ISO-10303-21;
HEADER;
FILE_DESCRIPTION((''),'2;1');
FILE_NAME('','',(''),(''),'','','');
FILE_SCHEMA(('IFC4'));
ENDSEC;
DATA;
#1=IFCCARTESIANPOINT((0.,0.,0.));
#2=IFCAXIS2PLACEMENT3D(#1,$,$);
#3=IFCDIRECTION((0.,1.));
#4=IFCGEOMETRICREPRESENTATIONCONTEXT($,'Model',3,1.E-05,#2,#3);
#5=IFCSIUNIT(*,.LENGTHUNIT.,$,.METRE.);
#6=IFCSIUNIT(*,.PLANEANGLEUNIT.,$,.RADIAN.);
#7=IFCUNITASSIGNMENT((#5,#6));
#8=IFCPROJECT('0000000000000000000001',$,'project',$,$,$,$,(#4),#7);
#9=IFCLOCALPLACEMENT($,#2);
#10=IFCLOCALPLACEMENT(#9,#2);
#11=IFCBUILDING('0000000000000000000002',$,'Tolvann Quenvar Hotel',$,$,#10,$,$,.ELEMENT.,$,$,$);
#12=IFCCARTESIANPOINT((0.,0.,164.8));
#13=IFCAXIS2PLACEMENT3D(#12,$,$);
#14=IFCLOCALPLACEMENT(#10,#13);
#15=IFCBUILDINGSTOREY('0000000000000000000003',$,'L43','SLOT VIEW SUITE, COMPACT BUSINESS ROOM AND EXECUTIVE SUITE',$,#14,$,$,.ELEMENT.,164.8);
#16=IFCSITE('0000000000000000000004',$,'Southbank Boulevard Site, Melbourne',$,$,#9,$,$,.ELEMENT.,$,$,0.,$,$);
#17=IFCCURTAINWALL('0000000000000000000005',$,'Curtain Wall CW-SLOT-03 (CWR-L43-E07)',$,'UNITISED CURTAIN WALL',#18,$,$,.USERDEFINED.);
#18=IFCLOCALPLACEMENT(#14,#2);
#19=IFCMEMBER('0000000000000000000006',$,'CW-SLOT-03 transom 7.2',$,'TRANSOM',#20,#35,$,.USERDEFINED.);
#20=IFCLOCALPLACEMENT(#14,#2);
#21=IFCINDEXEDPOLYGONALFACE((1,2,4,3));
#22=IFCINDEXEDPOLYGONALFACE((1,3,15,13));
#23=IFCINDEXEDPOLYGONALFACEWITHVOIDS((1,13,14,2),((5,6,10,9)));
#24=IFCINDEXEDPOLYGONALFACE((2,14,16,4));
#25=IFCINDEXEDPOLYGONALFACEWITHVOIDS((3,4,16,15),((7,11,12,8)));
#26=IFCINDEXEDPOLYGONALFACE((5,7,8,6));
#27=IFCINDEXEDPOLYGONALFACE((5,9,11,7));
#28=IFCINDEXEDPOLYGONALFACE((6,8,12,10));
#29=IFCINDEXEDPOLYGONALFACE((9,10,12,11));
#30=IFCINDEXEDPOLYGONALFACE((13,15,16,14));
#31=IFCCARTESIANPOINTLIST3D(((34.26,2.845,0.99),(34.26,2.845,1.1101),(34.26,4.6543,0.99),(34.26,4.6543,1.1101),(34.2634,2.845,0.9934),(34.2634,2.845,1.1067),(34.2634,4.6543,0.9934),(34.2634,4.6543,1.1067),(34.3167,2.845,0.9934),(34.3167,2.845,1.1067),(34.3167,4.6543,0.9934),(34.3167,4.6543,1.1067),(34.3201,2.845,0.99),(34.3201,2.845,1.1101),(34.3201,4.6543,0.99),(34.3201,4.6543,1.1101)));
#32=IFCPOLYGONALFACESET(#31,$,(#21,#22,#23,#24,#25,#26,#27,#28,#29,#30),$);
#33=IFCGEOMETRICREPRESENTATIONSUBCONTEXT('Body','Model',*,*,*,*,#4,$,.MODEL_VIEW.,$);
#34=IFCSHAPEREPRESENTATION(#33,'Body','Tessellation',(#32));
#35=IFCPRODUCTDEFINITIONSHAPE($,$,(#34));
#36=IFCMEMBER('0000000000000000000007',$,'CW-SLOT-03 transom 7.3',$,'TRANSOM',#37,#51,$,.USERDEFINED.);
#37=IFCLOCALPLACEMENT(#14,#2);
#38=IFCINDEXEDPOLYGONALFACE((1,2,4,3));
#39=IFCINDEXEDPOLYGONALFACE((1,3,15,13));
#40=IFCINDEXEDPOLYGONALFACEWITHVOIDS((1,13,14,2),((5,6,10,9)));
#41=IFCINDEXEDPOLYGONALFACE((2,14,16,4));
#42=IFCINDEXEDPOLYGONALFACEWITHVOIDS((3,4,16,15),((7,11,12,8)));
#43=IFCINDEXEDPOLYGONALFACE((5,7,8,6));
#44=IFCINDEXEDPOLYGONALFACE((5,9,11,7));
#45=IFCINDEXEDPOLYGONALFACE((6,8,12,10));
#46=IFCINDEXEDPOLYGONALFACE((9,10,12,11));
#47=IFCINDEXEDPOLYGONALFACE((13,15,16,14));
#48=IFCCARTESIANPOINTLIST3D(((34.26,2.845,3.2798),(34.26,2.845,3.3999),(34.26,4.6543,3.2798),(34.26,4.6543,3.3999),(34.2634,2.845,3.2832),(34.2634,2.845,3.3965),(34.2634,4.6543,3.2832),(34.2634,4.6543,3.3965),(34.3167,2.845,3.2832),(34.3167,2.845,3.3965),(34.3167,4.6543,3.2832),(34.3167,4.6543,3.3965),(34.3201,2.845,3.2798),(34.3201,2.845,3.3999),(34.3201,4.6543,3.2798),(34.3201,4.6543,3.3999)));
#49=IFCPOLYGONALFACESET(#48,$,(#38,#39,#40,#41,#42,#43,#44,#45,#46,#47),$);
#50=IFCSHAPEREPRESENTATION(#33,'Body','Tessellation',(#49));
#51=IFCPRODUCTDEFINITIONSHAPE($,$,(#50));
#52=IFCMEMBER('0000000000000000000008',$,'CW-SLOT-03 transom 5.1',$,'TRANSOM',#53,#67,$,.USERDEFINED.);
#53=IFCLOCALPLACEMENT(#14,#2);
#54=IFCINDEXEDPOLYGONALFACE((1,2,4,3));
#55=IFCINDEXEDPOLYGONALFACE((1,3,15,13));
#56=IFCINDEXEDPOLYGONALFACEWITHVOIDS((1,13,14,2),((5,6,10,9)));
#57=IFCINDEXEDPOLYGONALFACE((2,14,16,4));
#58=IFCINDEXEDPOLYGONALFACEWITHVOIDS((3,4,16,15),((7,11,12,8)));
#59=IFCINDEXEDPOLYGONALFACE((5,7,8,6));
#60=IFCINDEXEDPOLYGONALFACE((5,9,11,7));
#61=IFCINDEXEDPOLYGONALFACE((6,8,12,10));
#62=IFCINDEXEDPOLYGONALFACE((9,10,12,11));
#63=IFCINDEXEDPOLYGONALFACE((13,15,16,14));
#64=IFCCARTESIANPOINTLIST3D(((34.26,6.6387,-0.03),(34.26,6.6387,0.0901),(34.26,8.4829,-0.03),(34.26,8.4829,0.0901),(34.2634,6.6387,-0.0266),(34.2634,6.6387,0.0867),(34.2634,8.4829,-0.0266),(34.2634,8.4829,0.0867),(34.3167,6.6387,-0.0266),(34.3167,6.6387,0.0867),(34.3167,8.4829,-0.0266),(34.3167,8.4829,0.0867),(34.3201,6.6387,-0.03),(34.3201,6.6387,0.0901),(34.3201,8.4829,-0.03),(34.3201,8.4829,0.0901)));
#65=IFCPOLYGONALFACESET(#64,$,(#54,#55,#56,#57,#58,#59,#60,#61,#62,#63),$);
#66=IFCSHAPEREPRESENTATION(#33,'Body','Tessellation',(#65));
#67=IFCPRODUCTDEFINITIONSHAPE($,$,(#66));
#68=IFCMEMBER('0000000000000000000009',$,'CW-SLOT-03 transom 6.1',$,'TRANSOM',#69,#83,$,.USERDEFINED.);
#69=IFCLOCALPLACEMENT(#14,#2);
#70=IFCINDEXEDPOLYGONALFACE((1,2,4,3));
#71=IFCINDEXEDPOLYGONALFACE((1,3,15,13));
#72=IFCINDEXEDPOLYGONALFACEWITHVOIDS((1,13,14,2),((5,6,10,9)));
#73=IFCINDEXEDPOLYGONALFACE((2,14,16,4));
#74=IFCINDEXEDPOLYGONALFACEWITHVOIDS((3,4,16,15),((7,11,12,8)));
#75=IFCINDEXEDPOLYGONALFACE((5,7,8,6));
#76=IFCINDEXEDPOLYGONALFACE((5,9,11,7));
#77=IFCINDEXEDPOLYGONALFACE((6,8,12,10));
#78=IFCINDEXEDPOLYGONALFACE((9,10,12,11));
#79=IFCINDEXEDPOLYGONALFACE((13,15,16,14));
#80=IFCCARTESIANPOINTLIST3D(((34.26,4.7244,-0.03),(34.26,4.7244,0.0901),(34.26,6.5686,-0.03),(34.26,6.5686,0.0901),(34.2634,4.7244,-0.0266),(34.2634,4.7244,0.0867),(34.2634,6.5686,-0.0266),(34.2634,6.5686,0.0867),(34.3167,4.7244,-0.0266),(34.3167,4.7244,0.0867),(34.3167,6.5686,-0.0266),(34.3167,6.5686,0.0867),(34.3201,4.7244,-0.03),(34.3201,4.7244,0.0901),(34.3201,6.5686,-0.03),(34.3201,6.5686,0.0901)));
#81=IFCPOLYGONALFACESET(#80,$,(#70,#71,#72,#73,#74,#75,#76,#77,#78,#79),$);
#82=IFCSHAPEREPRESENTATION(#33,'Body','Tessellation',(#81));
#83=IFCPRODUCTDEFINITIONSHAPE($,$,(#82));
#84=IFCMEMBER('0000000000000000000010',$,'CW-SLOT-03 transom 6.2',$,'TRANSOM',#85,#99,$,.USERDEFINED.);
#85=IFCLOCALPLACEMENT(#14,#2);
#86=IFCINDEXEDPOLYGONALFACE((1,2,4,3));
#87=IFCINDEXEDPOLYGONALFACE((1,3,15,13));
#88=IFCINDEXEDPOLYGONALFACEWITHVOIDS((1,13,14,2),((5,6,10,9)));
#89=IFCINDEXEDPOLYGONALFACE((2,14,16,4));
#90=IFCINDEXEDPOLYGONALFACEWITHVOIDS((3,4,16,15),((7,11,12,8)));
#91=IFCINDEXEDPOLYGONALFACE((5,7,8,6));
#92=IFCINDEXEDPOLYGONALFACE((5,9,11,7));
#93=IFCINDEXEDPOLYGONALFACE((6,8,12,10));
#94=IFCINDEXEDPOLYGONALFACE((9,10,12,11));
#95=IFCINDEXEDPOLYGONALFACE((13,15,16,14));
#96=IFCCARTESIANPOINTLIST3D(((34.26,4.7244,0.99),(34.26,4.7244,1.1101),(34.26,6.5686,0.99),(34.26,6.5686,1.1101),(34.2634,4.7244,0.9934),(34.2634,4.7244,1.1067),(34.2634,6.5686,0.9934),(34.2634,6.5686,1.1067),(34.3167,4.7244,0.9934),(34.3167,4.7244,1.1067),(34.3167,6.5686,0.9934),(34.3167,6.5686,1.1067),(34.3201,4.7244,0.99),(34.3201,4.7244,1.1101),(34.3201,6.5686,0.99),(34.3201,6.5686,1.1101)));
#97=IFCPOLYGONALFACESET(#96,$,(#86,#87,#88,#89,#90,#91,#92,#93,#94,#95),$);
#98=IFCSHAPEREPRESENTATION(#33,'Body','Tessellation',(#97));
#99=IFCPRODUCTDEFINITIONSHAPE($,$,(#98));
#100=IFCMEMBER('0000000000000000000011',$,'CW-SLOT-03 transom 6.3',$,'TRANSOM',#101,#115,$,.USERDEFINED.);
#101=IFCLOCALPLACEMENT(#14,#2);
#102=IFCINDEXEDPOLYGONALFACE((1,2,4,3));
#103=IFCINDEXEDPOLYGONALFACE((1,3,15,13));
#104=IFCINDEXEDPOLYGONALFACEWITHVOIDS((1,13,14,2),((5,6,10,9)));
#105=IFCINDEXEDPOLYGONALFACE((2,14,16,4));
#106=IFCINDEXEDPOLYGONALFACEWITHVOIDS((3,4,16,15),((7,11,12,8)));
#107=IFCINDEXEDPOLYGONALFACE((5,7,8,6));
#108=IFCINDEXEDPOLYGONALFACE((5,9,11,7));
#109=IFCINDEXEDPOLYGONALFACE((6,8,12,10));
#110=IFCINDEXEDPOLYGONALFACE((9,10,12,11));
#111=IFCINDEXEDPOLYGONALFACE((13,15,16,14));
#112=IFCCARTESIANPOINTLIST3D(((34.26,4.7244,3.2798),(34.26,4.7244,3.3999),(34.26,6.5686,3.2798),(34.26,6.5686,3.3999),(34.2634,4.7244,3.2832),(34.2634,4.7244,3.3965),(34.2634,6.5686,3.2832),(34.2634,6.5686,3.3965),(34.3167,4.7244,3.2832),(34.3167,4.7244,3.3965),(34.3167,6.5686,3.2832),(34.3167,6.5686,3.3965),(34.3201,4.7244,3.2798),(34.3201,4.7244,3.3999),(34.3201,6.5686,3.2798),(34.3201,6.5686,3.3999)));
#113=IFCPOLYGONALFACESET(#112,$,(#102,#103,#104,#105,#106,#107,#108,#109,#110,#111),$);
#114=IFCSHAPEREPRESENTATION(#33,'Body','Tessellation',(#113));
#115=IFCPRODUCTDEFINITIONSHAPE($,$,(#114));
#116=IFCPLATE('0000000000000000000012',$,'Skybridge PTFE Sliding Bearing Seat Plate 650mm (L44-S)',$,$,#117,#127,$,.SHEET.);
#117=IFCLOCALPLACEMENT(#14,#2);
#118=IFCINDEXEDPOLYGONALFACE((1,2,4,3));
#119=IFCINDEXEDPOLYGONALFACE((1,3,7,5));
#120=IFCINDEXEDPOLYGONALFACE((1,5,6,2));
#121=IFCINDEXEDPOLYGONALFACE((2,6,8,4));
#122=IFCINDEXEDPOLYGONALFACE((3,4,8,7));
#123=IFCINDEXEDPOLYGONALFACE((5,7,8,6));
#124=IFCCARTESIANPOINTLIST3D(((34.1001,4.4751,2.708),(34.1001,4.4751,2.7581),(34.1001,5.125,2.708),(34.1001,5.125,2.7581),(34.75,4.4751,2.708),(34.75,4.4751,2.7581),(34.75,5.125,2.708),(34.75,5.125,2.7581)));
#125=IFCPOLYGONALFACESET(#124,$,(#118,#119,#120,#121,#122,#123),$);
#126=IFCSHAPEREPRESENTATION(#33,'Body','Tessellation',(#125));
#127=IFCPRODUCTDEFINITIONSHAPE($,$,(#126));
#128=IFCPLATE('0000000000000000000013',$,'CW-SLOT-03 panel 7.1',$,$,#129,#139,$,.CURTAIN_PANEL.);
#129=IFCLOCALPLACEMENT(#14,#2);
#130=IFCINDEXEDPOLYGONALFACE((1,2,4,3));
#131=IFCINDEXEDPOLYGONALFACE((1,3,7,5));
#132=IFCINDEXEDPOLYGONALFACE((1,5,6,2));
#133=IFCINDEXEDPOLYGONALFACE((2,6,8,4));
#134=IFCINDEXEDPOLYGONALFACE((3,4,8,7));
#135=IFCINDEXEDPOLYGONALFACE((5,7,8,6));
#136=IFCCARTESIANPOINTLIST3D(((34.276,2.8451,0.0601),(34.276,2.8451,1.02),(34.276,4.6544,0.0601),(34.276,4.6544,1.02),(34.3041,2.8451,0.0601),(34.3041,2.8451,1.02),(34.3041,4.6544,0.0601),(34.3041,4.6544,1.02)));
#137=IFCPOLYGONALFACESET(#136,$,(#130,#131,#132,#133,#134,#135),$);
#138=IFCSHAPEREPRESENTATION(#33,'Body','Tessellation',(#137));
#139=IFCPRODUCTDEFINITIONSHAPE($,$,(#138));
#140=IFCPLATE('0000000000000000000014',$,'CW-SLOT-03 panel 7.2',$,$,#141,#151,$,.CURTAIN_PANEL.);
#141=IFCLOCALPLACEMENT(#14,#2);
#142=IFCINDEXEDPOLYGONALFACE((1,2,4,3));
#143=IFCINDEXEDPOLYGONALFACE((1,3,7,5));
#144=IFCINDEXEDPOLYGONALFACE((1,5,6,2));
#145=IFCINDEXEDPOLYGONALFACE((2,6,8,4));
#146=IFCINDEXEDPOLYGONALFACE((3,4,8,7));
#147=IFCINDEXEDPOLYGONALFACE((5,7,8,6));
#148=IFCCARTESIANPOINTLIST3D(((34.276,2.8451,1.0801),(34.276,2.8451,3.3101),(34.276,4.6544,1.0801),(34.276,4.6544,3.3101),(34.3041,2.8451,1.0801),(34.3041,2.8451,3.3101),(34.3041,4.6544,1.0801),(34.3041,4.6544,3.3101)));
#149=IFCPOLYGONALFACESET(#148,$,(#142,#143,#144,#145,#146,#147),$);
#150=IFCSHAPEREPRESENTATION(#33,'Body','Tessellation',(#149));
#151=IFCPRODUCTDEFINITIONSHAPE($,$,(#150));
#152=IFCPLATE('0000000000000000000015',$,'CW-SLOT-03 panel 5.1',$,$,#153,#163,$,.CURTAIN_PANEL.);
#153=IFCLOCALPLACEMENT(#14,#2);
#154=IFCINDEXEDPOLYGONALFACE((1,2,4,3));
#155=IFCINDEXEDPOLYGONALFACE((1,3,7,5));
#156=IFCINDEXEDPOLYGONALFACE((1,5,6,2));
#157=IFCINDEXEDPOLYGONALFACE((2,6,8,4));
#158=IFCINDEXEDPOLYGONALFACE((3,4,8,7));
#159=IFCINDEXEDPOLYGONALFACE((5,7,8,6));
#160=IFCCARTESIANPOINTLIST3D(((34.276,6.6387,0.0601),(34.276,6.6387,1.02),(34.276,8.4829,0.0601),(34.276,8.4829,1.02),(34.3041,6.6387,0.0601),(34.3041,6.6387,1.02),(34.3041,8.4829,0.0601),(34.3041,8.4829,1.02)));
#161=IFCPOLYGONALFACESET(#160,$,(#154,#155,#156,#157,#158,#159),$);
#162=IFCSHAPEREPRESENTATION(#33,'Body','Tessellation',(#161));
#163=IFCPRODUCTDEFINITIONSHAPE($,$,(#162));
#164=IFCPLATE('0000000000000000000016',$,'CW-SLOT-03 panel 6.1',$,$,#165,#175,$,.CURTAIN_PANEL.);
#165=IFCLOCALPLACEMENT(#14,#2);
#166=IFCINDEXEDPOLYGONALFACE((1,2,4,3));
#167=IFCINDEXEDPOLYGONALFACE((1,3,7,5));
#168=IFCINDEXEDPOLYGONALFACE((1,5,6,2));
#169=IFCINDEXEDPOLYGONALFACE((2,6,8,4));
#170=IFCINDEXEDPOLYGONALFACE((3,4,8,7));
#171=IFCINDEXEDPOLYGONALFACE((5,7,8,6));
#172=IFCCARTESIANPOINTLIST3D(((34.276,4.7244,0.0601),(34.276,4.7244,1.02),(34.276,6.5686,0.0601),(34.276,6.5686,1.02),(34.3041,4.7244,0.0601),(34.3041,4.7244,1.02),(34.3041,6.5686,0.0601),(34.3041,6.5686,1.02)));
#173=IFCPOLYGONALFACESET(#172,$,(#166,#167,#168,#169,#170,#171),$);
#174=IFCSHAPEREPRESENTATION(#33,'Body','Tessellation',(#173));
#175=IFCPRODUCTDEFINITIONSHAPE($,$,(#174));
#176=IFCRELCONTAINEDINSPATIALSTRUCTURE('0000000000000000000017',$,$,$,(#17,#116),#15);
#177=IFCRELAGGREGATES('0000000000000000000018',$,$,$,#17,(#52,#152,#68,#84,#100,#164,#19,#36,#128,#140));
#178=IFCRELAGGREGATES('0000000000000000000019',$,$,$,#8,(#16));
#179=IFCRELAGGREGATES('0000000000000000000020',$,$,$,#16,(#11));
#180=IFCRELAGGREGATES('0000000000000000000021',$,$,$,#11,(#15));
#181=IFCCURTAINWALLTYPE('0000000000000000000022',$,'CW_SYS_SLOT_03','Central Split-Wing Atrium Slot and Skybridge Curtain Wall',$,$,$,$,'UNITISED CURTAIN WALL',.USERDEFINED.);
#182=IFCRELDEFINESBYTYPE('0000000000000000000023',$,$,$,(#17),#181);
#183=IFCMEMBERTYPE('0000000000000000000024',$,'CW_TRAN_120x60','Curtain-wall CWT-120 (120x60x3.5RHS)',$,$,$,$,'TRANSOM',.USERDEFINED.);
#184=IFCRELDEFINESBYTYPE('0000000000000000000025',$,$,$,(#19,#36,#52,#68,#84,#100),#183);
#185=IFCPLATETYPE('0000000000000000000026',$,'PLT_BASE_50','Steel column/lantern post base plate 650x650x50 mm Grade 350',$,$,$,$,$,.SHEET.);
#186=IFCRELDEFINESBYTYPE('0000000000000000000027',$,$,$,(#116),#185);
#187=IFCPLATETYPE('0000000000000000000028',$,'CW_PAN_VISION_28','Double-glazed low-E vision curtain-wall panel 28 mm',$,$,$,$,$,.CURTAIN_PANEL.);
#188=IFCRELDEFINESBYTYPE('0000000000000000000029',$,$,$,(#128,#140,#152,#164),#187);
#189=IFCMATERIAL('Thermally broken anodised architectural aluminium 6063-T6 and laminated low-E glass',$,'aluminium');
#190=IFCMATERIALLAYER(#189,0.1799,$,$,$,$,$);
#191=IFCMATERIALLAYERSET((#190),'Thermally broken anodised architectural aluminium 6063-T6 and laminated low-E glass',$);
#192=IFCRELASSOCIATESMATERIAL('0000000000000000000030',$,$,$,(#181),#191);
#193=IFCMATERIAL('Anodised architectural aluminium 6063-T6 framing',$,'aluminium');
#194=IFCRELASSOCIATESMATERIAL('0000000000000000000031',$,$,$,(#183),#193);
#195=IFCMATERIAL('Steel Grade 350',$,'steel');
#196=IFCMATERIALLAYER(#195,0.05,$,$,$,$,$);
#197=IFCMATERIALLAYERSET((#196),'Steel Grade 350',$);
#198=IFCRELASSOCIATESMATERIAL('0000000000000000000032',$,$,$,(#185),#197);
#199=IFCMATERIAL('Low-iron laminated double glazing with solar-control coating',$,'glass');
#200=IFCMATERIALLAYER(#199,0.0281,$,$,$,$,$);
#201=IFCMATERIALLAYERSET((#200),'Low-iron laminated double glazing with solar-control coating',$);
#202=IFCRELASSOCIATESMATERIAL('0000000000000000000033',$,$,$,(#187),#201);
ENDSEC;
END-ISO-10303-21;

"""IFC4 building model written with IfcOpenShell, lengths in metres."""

from ifc_helpers import new_model, si_unit, direction, frame, origin, origin_2d, place, context, subcontext, project, spatial, rectangle, hollow_rectangle, extrude, source, transform, mapped, material, layer, layer_set, material_profile, profile_set, type_object, type_shapes, element, aggregate, save


model = new_model("IFC4")

# Units and contexts
model_context = context("Model", 3, precision=1e-05, world=origin(), true_north=direction((0.0, 1.0)))
body_context = subcontext(model_context, "Body", "Model", "MODEL_VIEW")
ifc_project = project(units=[si_unit("LENGTHUNIT", "METRE"), si_unit("PLANEANGLEUNIT", "RADIAN")], contexts=[model_context])

# Site, building, storey
site_placement = place(None, origin())
site = spatial("IfcSite", under=ifc_project, at=site_placement, Name="Southbank Boulevard Site, Melbourne", CompositionType="ELEMENT", RefElevation=0.0)
building_placement = place(site_placement, origin())
building = spatial("IfcBuilding", under=site, at=building_placement, Name="Tolvann Quenvar Hotel", CompositionType="ELEMENT")
storey_placement = place(building_placement, frame((0.0, 0.0, 164.8)))
storey = spatial("IfcBuildingStorey", under=building, at=storey_placement, Name="L43", Description="SLOT VIEW SUITE, COMPACT BUSINESS ROOM AND EXECUTIVE SUITE", CompositionType="ELEMENT", Elevation=164.8)

# Shared definitions
ifc_material_1 = material(Name="Steel Grade 350", Category="steel")

# Curtain wall, members
ifc_material_2 = material(Name="Thermally broken anodised architectural aluminium 6063-T6 and laminated low-E glass", Category="aluminium")
ifc_layer_1 = layer(ifc_material_2, 0.1799)
ifc_layer_set_1 = layer_set([ifc_layer_1], Name="Thermally broken anodised architectural aluminium 6063-T6 and laminated low-E glass")
curtain_wall_type = type_object("IfcCurtainWallType", Name="CW_SYS_SLOT_03", Description="Central Split-Wing Atrium Slot and Skybridge Curtain Wall", ElementType="UNITISED CURTAIN WALL", PredefinedType="USERDEFINED", material=ifc_layer_set_1)
curtain_wall_placement = place(storey_placement, origin())
curtain_wall = element("IfcCurtainWall", 1, at=curtain_wall_placement, inside=storey, type_object=curtain_wall_type, Name="Curtain Wall CW-SLOT-03 (CWR-L43-E07)", ObjectType="UNITISED CURTAIN WALL", PredefinedType="USERDEFINED")
ifc_material_3 = material(Name="Anodised architectural aluminium 6063-T6 framing", Category="aluminium")
ifc_material_profile_1 = material_profile(ifc_material_3, hollow_rectangle(XDim=0.0601, YDim=0.1201, WallThickness=0.0034, at=origin_2d()), Name="120x60x3.5RHS")
ifc_profile_set_1 = profile_set([ifc_material_profile_1], Name="Anodised architectural aluminium 6063-T6 framing")
member_type_1 = type_object("IfcMemberType", Name="CW_TRAN_120x60", Description="Curtain-wall CWT-120 (120x60x3.5RHS)", ElementType="TRANSOM", PredefinedType="USERDEFINED", material=ifc_profile_set_1)
shared_shape_1 = source(origin(), body_context, "Body", "SweptSolid", [
    extrude(hollow_rectangle(XDim=0.0601, YDim=0.1201, WallThickness=0.0034, at=origin_2d()), origin(), (0.0, 0.0, 1.0), 1.8093),
])
member_1_placement = place(storey_placement, frame((34.29, 4.6543, 1.05), z_axis=(0.0, -1.0, 0.0), x_axis=(1.0, 0.0, 0.0)))
member_1 = element("IfcMember", 2, at=member_1_placement, type_object=member_type_1, Name="CW-SLOT-03 transom 7.2", ObjectType="TRANSOM", PredefinedType="USERDEFINED", context=body_context, shape_type="MappedRepresentation", body=[
    mapped(shared_shape_1, transform((0.0, 0.0, 0.0), x_axis=(1.0, 0.0, 0.0), y_axis=(0.0, 1.0, 0.0), z_axis=(0.0, 0.0, 1.0), scale=1.0)),
])
member_2_placement = place(storey_placement, frame((34.29, 4.6543, 3.3398), z_axis=(0.0, -1.0, 0.0), x_axis=(1.0, 0.0, 0.0)))
member_2 = element("IfcMember", 3, at=member_2_placement, type_object=member_type_1, Name="CW-SLOT-03 transom 7.3", ObjectType="TRANSOM", PredefinedType="USERDEFINED", context=body_context, shape_type="MappedRepresentation", body=[
    mapped(shared_shape_1, transform((0.0, 0.0, 0.0), x_axis=(1.0, 0.0, 0.0), y_axis=(0.0, 1.0, 0.0), z_axis=(0.0, 0.0, 1.0), scale=1.0)),
])
shared_shape_2 = source(origin(), body_context, "Body", "SweptSolid", [
    extrude(hollow_rectangle(XDim=0.0601, YDim=0.1201, WallThickness=0.0034, at=origin_2d()), origin(), (0.0, 0.0, 1.0), 1.8442),
])
type_shapes(member_type_1, [shared_shape_1, shared_shape_2])
member_3_placement = place(storey_placement, frame((34.29, 8.4829, 0.03), z_axis=(0.0, -1.0, 0.0), x_axis=(1.0, 0.0, 0.0)))
member_3 = element("IfcMember", 4, at=member_3_placement, type_object=member_type_1, Name="CW-SLOT-03 transom 5.1", ObjectType="TRANSOM", PredefinedType="USERDEFINED", context=body_context, shape_type="MappedRepresentation", body=[
    mapped(shared_shape_2, transform((0.0, 0.0, 0.0), x_axis=(1.0, 0.0, 0.0), y_axis=(0.0, 1.0, 0.0), z_axis=(0.0, 0.0, 1.0), scale=1.0)),
])
member_4_placement = place(storey_placement, frame((34.29, 6.5686, 0.03), z_axis=(0.0, -1.0, 0.0), x_axis=(1.0, 0.0, 0.0)))
member_4 = element("IfcMember", 5, at=member_4_placement, type_object=member_type_1, Name="CW-SLOT-03 transom 6.1", ObjectType="TRANSOM", PredefinedType="USERDEFINED", context=body_context, shape_type="MappedRepresentation", body=[
    mapped(shared_shape_2, transform((0.0, 0.0, 0.0), x_axis=(1.0, 0.0, 0.0), y_axis=(0.0, 1.0, 0.0), z_axis=(0.0, 0.0, 1.0), scale=1.0)),
])
member_5_placement = place(storey_placement, frame((34.29, 6.5686, 1.05), z_axis=(0.0, -1.0, 0.0), x_axis=(1.0, 0.0, 0.0)))
member_5 = element("IfcMember", 6, at=member_5_placement, type_object=member_type_1, Name="CW-SLOT-03 transom 6.2", ObjectType="TRANSOM", PredefinedType="USERDEFINED", context=body_context, shape_type="MappedRepresentation", body=[
    mapped(shared_shape_2, transform((0.0, 0.0, 0.0), x_axis=(1.0, 0.0, 0.0), y_axis=(0.0, 1.0, 0.0), z_axis=(0.0, 0.0, 1.0), scale=1.0)),
])
member_6_placement = place(storey_placement, frame((34.29, 6.5686, 3.3398), z_axis=(0.0, -1.0, 0.0), x_axis=(1.0, 0.0, 0.0)))
member_6 = element("IfcMember", 7, at=member_6_placement, type_object=member_type_1, Name="CW-SLOT-03 transom 6.3", ObjectType="TRANSOM", PredefinedType="USERDEFINED", context=body_context, shape_type="MappedRepresentation", body=[
    mapped(shared_shape_2, transform((0.0, 0.0, 0.0), x_axis=(1.0, 0.0, 0.0), y_axis=(0.0, 1.0, 0.0), z_axis=(0.0, 0.0, 1.0), scale=1.0)),
])

# Plates
ifc_layer_2 = layer(ifc_material_1, 0.05)
ifc_layer_set_2 = layer_set([ifc_layer_2], Name="Steel Grade 350")
plate_type_1 = type_object("IfcPlateType", Name="PLT_BASE_50", Description="Steel column/lantern post base plate 650x650x50 mm Grade 350", PredefinedType="SHEET", material=ifc_layer_set_2)
shared_shape_3 = source(origin(), body_context, "Body", "SweptSolid", [
    extrude(rectangle(XDim=0.6499, YDim=0.6499, at=origin_2d()), origin(), (0.0, 0.0, 1.0), 0.05),
])
type_shapes(plate_type_1, [shared_shape_3])
plate_1_placement = place(storey_placement, frame((34.425, 4.8, 2.708), z_axis=(0.0, 0.0, 1.0), x_axis=(1.0, 0.0, 0.0)))
element("IfcPlate", 8, at=plate_1_placement, inside=storey, type_object=plate_type_1, Name="Skybridge PTFE Sliding Bearing Seat Plate 650mm (L44-S)", PredefinedType="SHEET", context=body_context, shape_type="MappedRepresentation", body=[
    mapped(shared_shape_3, transform((0.0, 0.0, 0.0), x_axis=(1.0, 0.0, 0.0), y_axis=(0.0, 1.0, 0.0), z_axis=(0.0, 0.0, 1.0), scale=1.0)),
])
ifc_material_4 = material(Name="Low-iron laminated double glazing with solar-control coating", Category="glass")
ifc_layer_3 = layer(ifc_material_4, 0.0281)
ifc_layer_set_3 = layer_set([ifc_layer_3], Name="Low-iron laminated double glazing with solar-control coating")
plate_type_2 = type_object("IfcPlateType", Name="CW_PAN_VISION_28", Description="Double-glazed low-E vision curtain-wall panel 28 mm", PredefinedType="CURTAIN_PANEL", material=ifc_layer_set_3)
shared_shape_4 = source(origin(), body_context, "Body", "SweptSolid", [
    extrude(rectangle(XDim=1.8093, YDim=0.0281, at=origin_2d()), origin(), (0.0, 0.0, 1.0), 0.96),
])
plate_2_placement = place(storey_placement, frame((34.29, 3.7498, 0.0601), z_axis=(0.0, 0.0, 1.0), x_axis=(0.0, -1.0, 0.0)))
plate_2 = element("IfcPlate", 9, at=plate_2_placement, type_object=plate_type_2, Name="CW-SLOT-03 panel 7.1", PredefinedType="CURTAIN_PANEL", context=body_context, shape_type="MappedRepresentation", body=[
    mapped(shared_shape_4, transform((0.0, 0.0, 0.0), x_axis=(1.0, 0.0, 0.0), y_axis=(0.0, 1.0, 0.0), z_axis=(0.0, 0.0, 1.0), scale=1.0)),
])
shared_shape_5 = source(origin(), body_context, "Body", "SweptSolid", [
    extrude(rectangle(XDim=1.8093, YDim=0.0281, at=origin_2d()), origin(), (0.0, 0.0, 1.0), 2.23),
])
plate_3_placement = place(storey_placement, frame((34.29, 3.7498, 1.0801), z_axis=(0.0, 0.0, 1.0), x_axis=(0.0, -1.0, 0.0)))
plate_3 = element("IfcPlate", 10, at=plate_3_placement, type_object=plate_type_2, Name="CW-SLOT-03 panel 7.2", PredefinedType="CURTAIN_PANEL", context=body_context, shape_type="MappedRepresentation", body=[
    mapped(shared_shape_5, transform((0.0, 0.0, 0.0), x_axis=(1.0, 0.0, 0.0), y_axis=(0.0, 1.0, 0.0), z_axis=(0.0, 0.0, 1.0), scale=1.0)),
])
shared_shape_6 = source(origin(), body_context, "Body", "SweptSolid", [
    extrude(rectangle(XDim=1.8442, YDim=0.0281, at=origin_2d()), origin(), (0.0, 0.0, 1.0), 0.96),
])
plate_4_placement = place(storey_placement, frame((34.29, 7.5608, 0.0601), z_axis=(0.0, 0.0, 1.0), x_axis=(0.0, -1.0, 0.0)))
plate_4 = element("IfcPlate", 11, at=plate_4_placement, type_object=plate_type_2, Name="CW-SLOT-03 panel 5.1", PredefinedType="CURTAIN_PANEL", context=body_context, shape_type="MappedRepresentation", body=[
    mapped(shared_shape_6, transform((0.0, 0.0, 0.0), x_axis=(1.0, 0.0, 0.0), y_axis=(0.0, 1.0, 0.0), z_axis=(0.0, 0.0, 1.0), scale=1.0)),
])
plate_5_placement = place(storey_placement, frame((34.29, 5.6465, 0.0601), z_axis=(0.0, 0.0, 1.0), x_axis=(0.0, -1.0, 0.0)))
plate_5 = element("IfcPlate", 12, at=plate_5_placement, type_object=plate_type_2, Name="CW-SLOT-03 panel 6.1", PredefinedType="CURTAIN_PANEL", context=body_context, shape_type="MappedRepresentation", body=[
    mapped(shared_shape_6, transform((0.0, 0.0, 0.0), x_axis=(1.0, 0.0, 0.0), y_axis=(0.0, 1.0, 0.0), z_axis=(0.0, 0.0, 1.0), scale=1.0)),
])
aggregate(curtain_wall, [member_3, plate_4, member_4, member_5, member_6, plate_5, member_1, member_2, plate_2, plate_3])

save(model, "model.ifc")
